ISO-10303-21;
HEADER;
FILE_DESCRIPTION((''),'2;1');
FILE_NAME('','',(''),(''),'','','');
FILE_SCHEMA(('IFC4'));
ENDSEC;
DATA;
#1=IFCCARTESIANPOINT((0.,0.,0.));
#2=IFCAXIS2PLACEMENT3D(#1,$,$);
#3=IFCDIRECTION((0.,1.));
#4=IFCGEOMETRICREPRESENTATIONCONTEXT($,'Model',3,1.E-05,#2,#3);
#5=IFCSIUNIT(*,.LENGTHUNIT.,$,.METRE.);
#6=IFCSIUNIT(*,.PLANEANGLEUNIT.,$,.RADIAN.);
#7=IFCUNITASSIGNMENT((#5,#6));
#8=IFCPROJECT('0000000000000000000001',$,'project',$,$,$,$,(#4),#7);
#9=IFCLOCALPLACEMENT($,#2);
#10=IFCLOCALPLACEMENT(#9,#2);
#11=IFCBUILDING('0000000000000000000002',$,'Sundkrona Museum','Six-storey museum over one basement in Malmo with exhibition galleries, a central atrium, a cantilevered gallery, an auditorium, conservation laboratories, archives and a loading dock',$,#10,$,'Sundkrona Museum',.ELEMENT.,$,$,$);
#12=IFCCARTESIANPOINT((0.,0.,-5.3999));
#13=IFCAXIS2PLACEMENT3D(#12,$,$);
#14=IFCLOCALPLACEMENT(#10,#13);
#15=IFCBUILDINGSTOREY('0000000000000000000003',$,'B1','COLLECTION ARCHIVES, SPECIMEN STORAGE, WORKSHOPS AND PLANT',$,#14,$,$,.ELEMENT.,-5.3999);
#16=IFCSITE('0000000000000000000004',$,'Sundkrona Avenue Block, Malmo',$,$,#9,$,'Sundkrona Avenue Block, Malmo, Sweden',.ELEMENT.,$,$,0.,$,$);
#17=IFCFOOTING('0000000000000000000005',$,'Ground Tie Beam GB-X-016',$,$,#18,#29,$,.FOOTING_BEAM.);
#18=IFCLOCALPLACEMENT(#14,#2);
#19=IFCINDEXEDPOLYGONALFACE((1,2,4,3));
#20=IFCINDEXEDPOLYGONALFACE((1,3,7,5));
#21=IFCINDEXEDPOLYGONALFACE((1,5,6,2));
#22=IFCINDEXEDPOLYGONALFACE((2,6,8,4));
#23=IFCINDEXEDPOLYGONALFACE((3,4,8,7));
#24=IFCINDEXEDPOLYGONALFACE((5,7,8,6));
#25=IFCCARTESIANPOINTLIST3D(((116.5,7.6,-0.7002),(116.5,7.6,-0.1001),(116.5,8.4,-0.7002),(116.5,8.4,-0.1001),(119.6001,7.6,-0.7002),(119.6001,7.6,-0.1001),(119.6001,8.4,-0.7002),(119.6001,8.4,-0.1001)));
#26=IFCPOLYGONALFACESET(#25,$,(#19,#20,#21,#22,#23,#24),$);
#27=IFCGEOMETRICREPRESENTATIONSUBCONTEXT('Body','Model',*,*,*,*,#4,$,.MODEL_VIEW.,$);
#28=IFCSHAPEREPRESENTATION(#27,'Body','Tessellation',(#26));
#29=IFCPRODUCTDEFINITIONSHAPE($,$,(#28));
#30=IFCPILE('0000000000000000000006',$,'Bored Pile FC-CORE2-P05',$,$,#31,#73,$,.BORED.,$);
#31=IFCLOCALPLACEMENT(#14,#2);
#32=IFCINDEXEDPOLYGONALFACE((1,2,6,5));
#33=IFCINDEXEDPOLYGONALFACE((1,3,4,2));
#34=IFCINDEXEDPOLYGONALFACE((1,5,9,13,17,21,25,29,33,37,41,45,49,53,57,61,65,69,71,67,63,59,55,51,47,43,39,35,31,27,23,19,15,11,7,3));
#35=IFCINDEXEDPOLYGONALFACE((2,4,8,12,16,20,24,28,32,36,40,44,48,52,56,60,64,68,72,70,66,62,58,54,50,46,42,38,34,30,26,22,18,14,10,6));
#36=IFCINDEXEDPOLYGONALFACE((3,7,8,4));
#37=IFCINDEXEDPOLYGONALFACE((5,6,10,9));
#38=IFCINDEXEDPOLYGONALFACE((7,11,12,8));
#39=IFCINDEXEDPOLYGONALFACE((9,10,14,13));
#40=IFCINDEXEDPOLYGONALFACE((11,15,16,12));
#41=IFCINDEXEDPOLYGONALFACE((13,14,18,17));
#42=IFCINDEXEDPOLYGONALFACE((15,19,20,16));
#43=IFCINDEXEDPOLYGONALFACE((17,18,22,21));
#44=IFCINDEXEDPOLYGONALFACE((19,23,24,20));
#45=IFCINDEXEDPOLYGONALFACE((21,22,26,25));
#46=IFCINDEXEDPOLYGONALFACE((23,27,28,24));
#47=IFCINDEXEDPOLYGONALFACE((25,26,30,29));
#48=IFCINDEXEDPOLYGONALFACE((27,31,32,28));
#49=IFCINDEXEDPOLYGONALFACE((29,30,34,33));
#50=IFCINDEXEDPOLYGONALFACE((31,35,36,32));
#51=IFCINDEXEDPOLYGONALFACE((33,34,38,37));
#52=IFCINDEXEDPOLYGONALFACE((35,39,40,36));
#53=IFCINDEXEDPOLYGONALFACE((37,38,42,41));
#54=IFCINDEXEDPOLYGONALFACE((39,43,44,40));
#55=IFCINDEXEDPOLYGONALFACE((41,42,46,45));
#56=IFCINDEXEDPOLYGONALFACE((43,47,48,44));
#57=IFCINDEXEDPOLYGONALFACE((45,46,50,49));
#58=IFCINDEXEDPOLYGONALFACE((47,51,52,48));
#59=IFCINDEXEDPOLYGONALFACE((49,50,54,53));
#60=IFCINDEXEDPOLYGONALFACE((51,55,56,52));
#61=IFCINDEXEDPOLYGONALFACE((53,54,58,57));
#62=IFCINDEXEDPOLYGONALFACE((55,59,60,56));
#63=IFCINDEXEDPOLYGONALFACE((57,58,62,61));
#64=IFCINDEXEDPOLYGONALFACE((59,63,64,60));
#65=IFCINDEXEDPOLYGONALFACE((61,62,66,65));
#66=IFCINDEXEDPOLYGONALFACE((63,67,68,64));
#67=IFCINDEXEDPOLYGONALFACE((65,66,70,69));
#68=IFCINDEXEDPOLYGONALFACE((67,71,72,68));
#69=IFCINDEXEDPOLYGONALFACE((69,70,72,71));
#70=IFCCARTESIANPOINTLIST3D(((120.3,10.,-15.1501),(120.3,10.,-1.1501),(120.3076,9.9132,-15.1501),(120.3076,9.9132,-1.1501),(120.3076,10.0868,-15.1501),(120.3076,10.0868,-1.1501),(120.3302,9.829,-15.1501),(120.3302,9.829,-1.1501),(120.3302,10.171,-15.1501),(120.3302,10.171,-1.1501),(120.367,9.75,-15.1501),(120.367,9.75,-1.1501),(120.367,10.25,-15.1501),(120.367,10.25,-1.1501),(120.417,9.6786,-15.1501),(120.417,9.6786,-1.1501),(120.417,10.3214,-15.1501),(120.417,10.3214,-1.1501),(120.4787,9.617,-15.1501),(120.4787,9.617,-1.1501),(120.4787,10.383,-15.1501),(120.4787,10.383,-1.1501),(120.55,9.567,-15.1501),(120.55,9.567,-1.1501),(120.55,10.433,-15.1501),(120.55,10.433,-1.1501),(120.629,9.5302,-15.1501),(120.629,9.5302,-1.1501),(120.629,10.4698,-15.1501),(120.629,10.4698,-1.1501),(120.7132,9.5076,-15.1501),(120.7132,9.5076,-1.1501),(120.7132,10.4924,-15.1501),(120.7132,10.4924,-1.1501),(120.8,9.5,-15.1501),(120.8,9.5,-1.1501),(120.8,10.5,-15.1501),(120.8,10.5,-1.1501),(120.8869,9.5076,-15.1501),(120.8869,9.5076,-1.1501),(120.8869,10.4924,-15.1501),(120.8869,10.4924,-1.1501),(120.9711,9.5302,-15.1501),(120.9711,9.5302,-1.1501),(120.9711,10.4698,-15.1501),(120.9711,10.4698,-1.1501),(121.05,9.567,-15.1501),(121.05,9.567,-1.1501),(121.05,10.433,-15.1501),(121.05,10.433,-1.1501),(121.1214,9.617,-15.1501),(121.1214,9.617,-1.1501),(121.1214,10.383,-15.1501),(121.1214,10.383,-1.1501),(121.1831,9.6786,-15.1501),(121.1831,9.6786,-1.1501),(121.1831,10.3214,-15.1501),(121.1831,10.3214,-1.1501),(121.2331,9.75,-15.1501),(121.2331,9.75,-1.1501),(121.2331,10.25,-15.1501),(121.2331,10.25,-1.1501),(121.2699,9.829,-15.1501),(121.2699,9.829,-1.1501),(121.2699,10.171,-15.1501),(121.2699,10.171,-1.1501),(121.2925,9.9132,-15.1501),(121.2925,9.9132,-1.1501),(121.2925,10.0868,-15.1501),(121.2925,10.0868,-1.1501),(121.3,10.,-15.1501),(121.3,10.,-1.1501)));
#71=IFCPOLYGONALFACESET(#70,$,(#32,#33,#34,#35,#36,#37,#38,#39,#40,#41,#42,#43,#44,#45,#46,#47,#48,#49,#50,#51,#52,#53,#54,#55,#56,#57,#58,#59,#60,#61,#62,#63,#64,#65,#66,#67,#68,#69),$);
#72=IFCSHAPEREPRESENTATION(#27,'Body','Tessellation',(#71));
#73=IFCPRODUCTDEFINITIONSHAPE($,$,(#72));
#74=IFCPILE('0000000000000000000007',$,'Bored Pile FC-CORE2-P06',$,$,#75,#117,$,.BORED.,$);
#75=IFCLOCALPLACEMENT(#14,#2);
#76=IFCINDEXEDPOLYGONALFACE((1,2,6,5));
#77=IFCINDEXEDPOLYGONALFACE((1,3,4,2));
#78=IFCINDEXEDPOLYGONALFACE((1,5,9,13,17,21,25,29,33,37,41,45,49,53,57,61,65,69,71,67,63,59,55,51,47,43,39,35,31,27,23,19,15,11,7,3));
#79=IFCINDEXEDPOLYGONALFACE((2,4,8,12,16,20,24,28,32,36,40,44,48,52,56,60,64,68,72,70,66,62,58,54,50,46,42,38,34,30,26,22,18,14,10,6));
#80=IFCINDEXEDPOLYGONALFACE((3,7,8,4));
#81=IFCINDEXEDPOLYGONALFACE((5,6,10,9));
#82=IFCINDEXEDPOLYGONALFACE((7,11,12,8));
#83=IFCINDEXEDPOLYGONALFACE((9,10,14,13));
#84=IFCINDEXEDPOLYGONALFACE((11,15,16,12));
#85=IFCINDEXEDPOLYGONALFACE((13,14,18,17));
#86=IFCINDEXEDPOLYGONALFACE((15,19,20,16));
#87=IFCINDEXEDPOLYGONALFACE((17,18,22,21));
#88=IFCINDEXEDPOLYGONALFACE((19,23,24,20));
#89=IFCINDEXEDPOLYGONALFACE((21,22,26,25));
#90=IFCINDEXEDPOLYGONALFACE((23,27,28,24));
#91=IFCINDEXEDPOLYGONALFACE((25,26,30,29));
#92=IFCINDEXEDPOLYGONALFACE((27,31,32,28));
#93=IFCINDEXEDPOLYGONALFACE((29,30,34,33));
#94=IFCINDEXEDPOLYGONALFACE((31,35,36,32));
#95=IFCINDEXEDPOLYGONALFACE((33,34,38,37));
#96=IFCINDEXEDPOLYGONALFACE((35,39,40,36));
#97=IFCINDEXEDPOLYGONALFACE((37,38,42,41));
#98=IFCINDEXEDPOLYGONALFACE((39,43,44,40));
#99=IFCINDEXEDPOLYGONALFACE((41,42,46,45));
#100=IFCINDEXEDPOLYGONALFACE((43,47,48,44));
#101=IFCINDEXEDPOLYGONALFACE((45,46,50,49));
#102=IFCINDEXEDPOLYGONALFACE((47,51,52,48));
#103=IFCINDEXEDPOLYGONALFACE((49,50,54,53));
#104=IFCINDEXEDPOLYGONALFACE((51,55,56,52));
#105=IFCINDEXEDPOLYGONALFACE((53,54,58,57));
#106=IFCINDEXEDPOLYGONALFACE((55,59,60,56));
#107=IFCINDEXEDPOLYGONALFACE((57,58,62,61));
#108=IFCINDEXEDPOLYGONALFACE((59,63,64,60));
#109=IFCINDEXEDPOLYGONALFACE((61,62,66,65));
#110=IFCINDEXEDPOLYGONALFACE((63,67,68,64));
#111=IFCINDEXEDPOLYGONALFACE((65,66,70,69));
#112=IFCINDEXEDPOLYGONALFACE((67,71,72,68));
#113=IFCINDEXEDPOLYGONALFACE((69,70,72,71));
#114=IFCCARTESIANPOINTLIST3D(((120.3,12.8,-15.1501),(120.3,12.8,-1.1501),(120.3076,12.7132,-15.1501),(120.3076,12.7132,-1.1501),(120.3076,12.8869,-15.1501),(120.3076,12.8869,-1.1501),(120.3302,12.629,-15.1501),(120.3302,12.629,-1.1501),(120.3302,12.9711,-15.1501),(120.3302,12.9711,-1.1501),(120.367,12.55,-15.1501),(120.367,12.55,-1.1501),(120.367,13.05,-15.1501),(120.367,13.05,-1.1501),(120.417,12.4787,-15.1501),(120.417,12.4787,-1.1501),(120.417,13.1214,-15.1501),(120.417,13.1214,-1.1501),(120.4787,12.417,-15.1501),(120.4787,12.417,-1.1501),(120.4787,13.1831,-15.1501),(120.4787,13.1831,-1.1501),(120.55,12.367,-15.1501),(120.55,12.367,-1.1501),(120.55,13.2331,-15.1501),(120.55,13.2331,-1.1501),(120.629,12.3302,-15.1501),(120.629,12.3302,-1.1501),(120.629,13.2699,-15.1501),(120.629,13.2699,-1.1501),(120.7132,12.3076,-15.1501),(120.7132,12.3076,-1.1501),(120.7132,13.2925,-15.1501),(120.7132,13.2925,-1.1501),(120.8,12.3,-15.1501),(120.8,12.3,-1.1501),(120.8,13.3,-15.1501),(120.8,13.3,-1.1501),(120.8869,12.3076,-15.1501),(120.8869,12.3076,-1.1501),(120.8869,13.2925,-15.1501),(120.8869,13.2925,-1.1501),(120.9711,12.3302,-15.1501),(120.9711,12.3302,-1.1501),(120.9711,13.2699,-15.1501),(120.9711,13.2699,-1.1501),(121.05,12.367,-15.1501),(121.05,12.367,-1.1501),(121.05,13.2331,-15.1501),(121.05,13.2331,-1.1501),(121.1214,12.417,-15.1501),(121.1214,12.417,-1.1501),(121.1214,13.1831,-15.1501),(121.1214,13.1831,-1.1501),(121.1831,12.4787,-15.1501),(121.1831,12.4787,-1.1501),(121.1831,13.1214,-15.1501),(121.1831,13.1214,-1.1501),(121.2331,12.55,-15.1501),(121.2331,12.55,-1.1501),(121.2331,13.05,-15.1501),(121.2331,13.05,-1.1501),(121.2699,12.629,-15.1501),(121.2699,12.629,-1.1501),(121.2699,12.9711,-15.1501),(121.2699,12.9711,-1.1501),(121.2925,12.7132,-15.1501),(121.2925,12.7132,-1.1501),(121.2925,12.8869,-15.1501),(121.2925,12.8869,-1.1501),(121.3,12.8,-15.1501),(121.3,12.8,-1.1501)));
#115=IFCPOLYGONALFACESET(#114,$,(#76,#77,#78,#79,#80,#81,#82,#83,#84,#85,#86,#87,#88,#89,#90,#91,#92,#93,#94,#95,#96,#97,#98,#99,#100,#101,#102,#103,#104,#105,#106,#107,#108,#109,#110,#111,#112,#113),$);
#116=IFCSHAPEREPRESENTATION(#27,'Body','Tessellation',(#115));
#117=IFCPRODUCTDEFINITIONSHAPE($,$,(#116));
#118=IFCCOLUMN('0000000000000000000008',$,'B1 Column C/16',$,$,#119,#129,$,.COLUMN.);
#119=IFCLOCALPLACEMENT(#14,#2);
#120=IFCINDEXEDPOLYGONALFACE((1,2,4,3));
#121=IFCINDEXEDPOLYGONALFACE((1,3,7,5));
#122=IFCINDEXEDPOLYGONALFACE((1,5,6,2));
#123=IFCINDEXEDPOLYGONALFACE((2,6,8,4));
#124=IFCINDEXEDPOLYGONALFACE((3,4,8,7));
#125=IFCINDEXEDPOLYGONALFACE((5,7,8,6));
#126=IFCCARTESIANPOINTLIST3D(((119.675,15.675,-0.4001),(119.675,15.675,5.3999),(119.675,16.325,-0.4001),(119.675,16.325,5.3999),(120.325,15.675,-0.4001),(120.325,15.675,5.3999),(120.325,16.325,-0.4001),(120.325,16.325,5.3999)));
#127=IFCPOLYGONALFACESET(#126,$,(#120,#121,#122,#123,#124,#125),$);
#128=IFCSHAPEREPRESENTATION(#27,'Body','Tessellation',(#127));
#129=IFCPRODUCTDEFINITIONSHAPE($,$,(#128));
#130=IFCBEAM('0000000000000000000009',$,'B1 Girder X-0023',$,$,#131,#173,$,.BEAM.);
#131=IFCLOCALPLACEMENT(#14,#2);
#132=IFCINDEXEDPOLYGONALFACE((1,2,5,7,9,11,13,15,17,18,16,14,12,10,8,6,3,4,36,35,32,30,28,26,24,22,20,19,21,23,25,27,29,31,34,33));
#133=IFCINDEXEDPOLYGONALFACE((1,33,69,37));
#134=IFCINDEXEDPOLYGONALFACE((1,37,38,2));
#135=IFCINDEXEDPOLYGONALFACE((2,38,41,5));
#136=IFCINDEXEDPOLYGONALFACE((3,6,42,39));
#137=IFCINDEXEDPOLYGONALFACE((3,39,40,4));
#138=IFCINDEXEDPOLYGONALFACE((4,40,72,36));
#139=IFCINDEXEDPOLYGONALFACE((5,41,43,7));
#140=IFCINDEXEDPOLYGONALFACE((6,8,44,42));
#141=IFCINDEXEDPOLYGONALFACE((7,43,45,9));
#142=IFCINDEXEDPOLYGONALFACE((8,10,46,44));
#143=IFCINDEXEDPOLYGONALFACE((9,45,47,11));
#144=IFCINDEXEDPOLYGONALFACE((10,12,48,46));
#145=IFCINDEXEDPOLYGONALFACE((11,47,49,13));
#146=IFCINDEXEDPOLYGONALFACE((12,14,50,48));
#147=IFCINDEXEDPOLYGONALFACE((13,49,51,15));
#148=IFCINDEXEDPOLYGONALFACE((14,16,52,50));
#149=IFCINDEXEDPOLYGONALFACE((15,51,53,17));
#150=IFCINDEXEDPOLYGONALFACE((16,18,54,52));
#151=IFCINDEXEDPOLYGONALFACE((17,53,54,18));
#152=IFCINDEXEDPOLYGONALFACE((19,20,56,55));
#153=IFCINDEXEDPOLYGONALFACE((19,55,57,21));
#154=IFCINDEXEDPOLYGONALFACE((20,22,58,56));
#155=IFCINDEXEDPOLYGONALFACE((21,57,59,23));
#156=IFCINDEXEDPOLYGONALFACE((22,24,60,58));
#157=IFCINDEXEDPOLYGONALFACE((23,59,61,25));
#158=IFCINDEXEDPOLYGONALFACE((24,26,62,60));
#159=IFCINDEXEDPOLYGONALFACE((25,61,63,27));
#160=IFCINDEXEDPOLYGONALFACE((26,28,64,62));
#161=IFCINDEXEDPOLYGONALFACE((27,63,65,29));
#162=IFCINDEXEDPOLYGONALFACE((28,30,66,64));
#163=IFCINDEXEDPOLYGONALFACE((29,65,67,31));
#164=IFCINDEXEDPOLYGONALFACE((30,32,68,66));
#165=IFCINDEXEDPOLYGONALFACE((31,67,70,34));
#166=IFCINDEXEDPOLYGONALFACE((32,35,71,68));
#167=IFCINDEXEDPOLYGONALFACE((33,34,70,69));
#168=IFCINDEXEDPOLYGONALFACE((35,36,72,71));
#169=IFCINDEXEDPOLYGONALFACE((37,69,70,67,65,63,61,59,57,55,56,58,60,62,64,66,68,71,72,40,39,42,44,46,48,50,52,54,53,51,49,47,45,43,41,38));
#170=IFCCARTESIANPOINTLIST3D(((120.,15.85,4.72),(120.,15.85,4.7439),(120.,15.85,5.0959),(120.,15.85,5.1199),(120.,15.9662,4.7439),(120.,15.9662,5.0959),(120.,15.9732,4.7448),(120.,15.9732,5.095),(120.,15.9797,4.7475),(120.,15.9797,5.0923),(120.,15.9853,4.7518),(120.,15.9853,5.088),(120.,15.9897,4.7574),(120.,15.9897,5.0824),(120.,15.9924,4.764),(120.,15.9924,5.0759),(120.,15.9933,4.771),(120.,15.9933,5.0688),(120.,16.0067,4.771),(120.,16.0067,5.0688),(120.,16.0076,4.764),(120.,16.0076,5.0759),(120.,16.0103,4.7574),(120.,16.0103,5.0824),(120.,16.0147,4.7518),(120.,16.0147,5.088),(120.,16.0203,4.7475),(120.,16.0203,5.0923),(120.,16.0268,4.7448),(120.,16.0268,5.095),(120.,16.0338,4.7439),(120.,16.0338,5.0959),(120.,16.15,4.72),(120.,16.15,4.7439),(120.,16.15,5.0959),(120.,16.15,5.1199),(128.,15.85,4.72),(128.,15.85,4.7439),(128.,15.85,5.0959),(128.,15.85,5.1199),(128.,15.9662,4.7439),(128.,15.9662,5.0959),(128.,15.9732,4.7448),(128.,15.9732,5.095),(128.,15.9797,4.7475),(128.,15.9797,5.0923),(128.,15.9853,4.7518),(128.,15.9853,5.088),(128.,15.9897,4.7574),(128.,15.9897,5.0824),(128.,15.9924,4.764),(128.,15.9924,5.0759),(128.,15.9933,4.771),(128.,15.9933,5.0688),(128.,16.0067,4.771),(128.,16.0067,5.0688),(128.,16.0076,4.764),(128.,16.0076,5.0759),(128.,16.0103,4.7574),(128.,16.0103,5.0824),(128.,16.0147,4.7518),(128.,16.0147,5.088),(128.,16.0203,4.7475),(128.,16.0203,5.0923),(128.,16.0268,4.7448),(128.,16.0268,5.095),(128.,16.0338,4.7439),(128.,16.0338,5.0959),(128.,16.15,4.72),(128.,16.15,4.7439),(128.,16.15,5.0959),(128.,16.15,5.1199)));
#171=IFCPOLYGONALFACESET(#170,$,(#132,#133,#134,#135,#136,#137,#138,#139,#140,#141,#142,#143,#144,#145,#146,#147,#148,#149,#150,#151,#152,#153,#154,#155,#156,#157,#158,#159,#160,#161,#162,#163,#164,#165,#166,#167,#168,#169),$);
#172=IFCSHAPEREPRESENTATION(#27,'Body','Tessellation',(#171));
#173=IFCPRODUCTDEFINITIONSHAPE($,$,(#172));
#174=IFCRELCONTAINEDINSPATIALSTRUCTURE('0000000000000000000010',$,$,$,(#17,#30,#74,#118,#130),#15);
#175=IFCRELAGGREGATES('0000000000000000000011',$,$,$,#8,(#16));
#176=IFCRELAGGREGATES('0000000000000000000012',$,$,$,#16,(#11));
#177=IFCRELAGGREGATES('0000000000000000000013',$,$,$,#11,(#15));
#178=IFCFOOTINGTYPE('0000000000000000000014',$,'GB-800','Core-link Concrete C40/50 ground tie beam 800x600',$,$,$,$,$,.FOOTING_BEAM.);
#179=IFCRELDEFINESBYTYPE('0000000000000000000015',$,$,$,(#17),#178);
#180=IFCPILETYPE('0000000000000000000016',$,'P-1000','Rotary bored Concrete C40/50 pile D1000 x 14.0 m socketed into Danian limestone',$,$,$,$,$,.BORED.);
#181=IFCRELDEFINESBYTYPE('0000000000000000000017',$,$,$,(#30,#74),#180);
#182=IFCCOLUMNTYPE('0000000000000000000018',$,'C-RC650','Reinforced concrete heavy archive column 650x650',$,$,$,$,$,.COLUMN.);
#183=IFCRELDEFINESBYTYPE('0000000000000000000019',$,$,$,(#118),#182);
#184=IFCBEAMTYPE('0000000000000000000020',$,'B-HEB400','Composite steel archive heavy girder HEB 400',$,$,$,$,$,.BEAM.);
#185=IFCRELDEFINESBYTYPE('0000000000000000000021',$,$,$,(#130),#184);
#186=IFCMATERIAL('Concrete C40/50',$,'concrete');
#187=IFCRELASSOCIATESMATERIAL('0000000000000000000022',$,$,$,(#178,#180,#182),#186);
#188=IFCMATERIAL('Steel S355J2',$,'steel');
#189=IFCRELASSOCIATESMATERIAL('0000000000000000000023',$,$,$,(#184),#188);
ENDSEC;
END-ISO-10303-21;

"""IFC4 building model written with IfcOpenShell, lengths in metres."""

from ifc_helpers import new_model, si_unit, direction, frame, origin, origin_2d, place, context, subcontext, project, spatial, rectangle, circle, i_section, extrude, material, material_profile, profile_set, type_object, element, save


model = new_model("IFC4")

# Units and contexts
model_context = context("Model", 3, precision=1e-05, world=origin(), true_north=direction((0.0, 1.0)))
body_context = subcontext(model_context, "Body", "Model", "MODEL_VIEW")
ifc_project = project(units=[si_unit("LENGTHUNIT", "METRE"), si_unit("PLANEANGLEUNIT", "RADIAN")], contexts=[model_context])

# Site, building, storey
site_placement = place(None, origin())
site = spatial("IfcSite", under=ifc_project, at=site_placement, Name="Sundkrona Avenue Block, Malmo", LongName="Sundkrona Avenue Block, Malmo, Sweden", CompositionType="ELEMENT", RefElevation=0.0)
building_placement = place(site_placement, origin())
building = spatial("IfcBuilding", under=site, at=building_placement, Name="Sundkrona Museum", Description="Six-storey museum over one basement in Malmo with exhibition galleries, a central atrium, a cantilevered gallery, an auditorium, conservation laboratories, archives and a loading dock", LongName="Sundkrona Museum", CompositionType="ELEMENT")
storey_placement = place(building_placement, frame((0.0, 0.0, -5.3999)))
storey = spatial("IfcBuildingStorey", under=building, at=storey_placement, Name="B1", Description="COLLECTION ARCHIVES, SPECIMEN STORAGE, WORKSHOPS AND PLANT", CompositionType="ELEMENT", Elevation=-5.3999)

# Footing
ifc_material_1 = material(Name="Concrete C40/50", Category="concrete")
footing_type = type_object("IfcFootingType", Name="GB-800", Description="Core-link Concrete C40/50 ground tie beam 800x600", PredefinedType="FOOTING_BEAM", material=ifc_material_1)
footing_placement = place(storey_placement, frame((118.05, 8.0, -0.7002), z_axis=(0.0, 0.0, 1.0), x_axis=(1.0, 0.0, 0.0)))
element("IfcFooting", 1, at=footing_placement, inside=storey, type_object=footing_type, Name="Ground Tie Beam GB-X-016", PredefinedType="FOOTING_BEAM", context=body_context, shape_type="SweptSolid", body=[
    extrude(rectangle(XDim=3.1001, YDim=0.8, at=origin_2d()), origin(), (0.0, 0.0, 1.0), 0.6001),
])

# Piles
ifc_material_profile_1 = material_profile(ifc_material_1, circle(Radius=0.5, at=origin_2d()), Name="PILE D1000")
ifc_profile_set_1 = profile_set([ifc_material_profile_1], Name="Concrete C40/50")
pile_type = type_object("IfcPileType", Name="P-1000", Description="Rotary bored Concrete C40/50 pile D1000 x 14.0 m socketed into Danian limestone", PredefinedType="BORED", material=ifc_profile_set_1)
for number, where, z_axis, x_axis, name in (
    (2, (120.8, 10.0, -1.1501), (0.0, 0.0, -1.0), (1.0, 0.0, 0.0), "Bored Pile FC-CORE2-P05"),
    (3, (120.8, 12.8, -1.1501), (0.0, 0.0, -1.0), (1.0, 0.0, 0.0), "Bored Pile FC-CORE2-P06"),
):
    element("IfcPile", number, at=place(storey_placement, frame(where, z_axis=z_axis, x_axis=x_axis)), inside=storey, type_object=pile_type, Name=name, PredefinedType="BORED", context=body_context, shape_type="SweptSolid", body=[
        extrude(circle(Radius=0.5, at=origin_2d()), origin(), (0.0, 0.0, 1.0), 14.0),
    ])

# Column
ifc_material_profile_2 = material_profile(ifc_material_1, rectangle(XDim=0.6499, YDim=0.6499, at=origin_2d()), Name="RC 650x650")
ifc_profile_set_2 = profile_set([ifc_material_profile_2], Name="Concrete C40/50")
column_type = type_object("IfcColumnType", Name="C-RC650", Description="Reinforced concrete heavy archive column 650x650", PredefinedType="COLUMN", material=ifc_profile_set_2)
column_placement = place(storey_placement, frame((120.0, 16.0, -0.4001), z_axis=(0.0, 0.0, 1.0), x_axis=(1.0, 0.0, 0.0)))
element("IfcColumn", 4, at=column_placement, inside=storey, type_object=column_type, Name="B1 Column C/16", PredefinedType="COLUMN", context=body_context, shape_type="SweptSolid", body=[
    extrude(rectangle(XDim=0.6499, YDim=0.6499, at=origin_2d()), origin(), (0.0, 0.0, 1.0), 5.8),
])

# Beam
ifc_material_2 = material(Name="Steel S355J2", Category="steel")
ifc_material_profile_3 = material_profile(ifc_material_2, i_section(OverallWidth=0.3, OverallDepth=0.3999, WebThickness=0.0134, FlangeThickness=0.0239, FilletRadius=0.0271, at=origin_2d()), Name="HEB 400")
ifc_profile_set_3 = profile_set([ifc_material_profile_3], Name="Steel S355J2")
beam_type_1 = type_object("IfcBeamType", Name="B-HEB400", Description="Composite steel archive heavy girder HEB 400", PredefinedType="BEAM", material=ifc_profile_set_3)
for number, where, z_axis, x_axis, name in (
    (5, (120.0, 16.0, 4.9199), (1.0, 0.0, 0.0), (0.0, 1.0, 0.0), "B1 Girder X-0023"),
):
    element("IfcBeam", number, at=place(storey_placement, frame(where, z_axis=z_axis, x_axis=x_axis)), inside=storey, type_object=beam_type_1, Name=name, PredefinedType="BEAM", context=body_context, shape_type="SweptSolid", body=[
        extrude(i_section(OverallWidth=0.3, OverallDepth=0.3999, WebThickness=0.0134, FlangeThickness=0.0239, FilletRadius=0.0271, at=origin_2d()), origin(), (0.0, 0.0, 1.0), 8.0),
    ])

save(model, "model.ifc")
